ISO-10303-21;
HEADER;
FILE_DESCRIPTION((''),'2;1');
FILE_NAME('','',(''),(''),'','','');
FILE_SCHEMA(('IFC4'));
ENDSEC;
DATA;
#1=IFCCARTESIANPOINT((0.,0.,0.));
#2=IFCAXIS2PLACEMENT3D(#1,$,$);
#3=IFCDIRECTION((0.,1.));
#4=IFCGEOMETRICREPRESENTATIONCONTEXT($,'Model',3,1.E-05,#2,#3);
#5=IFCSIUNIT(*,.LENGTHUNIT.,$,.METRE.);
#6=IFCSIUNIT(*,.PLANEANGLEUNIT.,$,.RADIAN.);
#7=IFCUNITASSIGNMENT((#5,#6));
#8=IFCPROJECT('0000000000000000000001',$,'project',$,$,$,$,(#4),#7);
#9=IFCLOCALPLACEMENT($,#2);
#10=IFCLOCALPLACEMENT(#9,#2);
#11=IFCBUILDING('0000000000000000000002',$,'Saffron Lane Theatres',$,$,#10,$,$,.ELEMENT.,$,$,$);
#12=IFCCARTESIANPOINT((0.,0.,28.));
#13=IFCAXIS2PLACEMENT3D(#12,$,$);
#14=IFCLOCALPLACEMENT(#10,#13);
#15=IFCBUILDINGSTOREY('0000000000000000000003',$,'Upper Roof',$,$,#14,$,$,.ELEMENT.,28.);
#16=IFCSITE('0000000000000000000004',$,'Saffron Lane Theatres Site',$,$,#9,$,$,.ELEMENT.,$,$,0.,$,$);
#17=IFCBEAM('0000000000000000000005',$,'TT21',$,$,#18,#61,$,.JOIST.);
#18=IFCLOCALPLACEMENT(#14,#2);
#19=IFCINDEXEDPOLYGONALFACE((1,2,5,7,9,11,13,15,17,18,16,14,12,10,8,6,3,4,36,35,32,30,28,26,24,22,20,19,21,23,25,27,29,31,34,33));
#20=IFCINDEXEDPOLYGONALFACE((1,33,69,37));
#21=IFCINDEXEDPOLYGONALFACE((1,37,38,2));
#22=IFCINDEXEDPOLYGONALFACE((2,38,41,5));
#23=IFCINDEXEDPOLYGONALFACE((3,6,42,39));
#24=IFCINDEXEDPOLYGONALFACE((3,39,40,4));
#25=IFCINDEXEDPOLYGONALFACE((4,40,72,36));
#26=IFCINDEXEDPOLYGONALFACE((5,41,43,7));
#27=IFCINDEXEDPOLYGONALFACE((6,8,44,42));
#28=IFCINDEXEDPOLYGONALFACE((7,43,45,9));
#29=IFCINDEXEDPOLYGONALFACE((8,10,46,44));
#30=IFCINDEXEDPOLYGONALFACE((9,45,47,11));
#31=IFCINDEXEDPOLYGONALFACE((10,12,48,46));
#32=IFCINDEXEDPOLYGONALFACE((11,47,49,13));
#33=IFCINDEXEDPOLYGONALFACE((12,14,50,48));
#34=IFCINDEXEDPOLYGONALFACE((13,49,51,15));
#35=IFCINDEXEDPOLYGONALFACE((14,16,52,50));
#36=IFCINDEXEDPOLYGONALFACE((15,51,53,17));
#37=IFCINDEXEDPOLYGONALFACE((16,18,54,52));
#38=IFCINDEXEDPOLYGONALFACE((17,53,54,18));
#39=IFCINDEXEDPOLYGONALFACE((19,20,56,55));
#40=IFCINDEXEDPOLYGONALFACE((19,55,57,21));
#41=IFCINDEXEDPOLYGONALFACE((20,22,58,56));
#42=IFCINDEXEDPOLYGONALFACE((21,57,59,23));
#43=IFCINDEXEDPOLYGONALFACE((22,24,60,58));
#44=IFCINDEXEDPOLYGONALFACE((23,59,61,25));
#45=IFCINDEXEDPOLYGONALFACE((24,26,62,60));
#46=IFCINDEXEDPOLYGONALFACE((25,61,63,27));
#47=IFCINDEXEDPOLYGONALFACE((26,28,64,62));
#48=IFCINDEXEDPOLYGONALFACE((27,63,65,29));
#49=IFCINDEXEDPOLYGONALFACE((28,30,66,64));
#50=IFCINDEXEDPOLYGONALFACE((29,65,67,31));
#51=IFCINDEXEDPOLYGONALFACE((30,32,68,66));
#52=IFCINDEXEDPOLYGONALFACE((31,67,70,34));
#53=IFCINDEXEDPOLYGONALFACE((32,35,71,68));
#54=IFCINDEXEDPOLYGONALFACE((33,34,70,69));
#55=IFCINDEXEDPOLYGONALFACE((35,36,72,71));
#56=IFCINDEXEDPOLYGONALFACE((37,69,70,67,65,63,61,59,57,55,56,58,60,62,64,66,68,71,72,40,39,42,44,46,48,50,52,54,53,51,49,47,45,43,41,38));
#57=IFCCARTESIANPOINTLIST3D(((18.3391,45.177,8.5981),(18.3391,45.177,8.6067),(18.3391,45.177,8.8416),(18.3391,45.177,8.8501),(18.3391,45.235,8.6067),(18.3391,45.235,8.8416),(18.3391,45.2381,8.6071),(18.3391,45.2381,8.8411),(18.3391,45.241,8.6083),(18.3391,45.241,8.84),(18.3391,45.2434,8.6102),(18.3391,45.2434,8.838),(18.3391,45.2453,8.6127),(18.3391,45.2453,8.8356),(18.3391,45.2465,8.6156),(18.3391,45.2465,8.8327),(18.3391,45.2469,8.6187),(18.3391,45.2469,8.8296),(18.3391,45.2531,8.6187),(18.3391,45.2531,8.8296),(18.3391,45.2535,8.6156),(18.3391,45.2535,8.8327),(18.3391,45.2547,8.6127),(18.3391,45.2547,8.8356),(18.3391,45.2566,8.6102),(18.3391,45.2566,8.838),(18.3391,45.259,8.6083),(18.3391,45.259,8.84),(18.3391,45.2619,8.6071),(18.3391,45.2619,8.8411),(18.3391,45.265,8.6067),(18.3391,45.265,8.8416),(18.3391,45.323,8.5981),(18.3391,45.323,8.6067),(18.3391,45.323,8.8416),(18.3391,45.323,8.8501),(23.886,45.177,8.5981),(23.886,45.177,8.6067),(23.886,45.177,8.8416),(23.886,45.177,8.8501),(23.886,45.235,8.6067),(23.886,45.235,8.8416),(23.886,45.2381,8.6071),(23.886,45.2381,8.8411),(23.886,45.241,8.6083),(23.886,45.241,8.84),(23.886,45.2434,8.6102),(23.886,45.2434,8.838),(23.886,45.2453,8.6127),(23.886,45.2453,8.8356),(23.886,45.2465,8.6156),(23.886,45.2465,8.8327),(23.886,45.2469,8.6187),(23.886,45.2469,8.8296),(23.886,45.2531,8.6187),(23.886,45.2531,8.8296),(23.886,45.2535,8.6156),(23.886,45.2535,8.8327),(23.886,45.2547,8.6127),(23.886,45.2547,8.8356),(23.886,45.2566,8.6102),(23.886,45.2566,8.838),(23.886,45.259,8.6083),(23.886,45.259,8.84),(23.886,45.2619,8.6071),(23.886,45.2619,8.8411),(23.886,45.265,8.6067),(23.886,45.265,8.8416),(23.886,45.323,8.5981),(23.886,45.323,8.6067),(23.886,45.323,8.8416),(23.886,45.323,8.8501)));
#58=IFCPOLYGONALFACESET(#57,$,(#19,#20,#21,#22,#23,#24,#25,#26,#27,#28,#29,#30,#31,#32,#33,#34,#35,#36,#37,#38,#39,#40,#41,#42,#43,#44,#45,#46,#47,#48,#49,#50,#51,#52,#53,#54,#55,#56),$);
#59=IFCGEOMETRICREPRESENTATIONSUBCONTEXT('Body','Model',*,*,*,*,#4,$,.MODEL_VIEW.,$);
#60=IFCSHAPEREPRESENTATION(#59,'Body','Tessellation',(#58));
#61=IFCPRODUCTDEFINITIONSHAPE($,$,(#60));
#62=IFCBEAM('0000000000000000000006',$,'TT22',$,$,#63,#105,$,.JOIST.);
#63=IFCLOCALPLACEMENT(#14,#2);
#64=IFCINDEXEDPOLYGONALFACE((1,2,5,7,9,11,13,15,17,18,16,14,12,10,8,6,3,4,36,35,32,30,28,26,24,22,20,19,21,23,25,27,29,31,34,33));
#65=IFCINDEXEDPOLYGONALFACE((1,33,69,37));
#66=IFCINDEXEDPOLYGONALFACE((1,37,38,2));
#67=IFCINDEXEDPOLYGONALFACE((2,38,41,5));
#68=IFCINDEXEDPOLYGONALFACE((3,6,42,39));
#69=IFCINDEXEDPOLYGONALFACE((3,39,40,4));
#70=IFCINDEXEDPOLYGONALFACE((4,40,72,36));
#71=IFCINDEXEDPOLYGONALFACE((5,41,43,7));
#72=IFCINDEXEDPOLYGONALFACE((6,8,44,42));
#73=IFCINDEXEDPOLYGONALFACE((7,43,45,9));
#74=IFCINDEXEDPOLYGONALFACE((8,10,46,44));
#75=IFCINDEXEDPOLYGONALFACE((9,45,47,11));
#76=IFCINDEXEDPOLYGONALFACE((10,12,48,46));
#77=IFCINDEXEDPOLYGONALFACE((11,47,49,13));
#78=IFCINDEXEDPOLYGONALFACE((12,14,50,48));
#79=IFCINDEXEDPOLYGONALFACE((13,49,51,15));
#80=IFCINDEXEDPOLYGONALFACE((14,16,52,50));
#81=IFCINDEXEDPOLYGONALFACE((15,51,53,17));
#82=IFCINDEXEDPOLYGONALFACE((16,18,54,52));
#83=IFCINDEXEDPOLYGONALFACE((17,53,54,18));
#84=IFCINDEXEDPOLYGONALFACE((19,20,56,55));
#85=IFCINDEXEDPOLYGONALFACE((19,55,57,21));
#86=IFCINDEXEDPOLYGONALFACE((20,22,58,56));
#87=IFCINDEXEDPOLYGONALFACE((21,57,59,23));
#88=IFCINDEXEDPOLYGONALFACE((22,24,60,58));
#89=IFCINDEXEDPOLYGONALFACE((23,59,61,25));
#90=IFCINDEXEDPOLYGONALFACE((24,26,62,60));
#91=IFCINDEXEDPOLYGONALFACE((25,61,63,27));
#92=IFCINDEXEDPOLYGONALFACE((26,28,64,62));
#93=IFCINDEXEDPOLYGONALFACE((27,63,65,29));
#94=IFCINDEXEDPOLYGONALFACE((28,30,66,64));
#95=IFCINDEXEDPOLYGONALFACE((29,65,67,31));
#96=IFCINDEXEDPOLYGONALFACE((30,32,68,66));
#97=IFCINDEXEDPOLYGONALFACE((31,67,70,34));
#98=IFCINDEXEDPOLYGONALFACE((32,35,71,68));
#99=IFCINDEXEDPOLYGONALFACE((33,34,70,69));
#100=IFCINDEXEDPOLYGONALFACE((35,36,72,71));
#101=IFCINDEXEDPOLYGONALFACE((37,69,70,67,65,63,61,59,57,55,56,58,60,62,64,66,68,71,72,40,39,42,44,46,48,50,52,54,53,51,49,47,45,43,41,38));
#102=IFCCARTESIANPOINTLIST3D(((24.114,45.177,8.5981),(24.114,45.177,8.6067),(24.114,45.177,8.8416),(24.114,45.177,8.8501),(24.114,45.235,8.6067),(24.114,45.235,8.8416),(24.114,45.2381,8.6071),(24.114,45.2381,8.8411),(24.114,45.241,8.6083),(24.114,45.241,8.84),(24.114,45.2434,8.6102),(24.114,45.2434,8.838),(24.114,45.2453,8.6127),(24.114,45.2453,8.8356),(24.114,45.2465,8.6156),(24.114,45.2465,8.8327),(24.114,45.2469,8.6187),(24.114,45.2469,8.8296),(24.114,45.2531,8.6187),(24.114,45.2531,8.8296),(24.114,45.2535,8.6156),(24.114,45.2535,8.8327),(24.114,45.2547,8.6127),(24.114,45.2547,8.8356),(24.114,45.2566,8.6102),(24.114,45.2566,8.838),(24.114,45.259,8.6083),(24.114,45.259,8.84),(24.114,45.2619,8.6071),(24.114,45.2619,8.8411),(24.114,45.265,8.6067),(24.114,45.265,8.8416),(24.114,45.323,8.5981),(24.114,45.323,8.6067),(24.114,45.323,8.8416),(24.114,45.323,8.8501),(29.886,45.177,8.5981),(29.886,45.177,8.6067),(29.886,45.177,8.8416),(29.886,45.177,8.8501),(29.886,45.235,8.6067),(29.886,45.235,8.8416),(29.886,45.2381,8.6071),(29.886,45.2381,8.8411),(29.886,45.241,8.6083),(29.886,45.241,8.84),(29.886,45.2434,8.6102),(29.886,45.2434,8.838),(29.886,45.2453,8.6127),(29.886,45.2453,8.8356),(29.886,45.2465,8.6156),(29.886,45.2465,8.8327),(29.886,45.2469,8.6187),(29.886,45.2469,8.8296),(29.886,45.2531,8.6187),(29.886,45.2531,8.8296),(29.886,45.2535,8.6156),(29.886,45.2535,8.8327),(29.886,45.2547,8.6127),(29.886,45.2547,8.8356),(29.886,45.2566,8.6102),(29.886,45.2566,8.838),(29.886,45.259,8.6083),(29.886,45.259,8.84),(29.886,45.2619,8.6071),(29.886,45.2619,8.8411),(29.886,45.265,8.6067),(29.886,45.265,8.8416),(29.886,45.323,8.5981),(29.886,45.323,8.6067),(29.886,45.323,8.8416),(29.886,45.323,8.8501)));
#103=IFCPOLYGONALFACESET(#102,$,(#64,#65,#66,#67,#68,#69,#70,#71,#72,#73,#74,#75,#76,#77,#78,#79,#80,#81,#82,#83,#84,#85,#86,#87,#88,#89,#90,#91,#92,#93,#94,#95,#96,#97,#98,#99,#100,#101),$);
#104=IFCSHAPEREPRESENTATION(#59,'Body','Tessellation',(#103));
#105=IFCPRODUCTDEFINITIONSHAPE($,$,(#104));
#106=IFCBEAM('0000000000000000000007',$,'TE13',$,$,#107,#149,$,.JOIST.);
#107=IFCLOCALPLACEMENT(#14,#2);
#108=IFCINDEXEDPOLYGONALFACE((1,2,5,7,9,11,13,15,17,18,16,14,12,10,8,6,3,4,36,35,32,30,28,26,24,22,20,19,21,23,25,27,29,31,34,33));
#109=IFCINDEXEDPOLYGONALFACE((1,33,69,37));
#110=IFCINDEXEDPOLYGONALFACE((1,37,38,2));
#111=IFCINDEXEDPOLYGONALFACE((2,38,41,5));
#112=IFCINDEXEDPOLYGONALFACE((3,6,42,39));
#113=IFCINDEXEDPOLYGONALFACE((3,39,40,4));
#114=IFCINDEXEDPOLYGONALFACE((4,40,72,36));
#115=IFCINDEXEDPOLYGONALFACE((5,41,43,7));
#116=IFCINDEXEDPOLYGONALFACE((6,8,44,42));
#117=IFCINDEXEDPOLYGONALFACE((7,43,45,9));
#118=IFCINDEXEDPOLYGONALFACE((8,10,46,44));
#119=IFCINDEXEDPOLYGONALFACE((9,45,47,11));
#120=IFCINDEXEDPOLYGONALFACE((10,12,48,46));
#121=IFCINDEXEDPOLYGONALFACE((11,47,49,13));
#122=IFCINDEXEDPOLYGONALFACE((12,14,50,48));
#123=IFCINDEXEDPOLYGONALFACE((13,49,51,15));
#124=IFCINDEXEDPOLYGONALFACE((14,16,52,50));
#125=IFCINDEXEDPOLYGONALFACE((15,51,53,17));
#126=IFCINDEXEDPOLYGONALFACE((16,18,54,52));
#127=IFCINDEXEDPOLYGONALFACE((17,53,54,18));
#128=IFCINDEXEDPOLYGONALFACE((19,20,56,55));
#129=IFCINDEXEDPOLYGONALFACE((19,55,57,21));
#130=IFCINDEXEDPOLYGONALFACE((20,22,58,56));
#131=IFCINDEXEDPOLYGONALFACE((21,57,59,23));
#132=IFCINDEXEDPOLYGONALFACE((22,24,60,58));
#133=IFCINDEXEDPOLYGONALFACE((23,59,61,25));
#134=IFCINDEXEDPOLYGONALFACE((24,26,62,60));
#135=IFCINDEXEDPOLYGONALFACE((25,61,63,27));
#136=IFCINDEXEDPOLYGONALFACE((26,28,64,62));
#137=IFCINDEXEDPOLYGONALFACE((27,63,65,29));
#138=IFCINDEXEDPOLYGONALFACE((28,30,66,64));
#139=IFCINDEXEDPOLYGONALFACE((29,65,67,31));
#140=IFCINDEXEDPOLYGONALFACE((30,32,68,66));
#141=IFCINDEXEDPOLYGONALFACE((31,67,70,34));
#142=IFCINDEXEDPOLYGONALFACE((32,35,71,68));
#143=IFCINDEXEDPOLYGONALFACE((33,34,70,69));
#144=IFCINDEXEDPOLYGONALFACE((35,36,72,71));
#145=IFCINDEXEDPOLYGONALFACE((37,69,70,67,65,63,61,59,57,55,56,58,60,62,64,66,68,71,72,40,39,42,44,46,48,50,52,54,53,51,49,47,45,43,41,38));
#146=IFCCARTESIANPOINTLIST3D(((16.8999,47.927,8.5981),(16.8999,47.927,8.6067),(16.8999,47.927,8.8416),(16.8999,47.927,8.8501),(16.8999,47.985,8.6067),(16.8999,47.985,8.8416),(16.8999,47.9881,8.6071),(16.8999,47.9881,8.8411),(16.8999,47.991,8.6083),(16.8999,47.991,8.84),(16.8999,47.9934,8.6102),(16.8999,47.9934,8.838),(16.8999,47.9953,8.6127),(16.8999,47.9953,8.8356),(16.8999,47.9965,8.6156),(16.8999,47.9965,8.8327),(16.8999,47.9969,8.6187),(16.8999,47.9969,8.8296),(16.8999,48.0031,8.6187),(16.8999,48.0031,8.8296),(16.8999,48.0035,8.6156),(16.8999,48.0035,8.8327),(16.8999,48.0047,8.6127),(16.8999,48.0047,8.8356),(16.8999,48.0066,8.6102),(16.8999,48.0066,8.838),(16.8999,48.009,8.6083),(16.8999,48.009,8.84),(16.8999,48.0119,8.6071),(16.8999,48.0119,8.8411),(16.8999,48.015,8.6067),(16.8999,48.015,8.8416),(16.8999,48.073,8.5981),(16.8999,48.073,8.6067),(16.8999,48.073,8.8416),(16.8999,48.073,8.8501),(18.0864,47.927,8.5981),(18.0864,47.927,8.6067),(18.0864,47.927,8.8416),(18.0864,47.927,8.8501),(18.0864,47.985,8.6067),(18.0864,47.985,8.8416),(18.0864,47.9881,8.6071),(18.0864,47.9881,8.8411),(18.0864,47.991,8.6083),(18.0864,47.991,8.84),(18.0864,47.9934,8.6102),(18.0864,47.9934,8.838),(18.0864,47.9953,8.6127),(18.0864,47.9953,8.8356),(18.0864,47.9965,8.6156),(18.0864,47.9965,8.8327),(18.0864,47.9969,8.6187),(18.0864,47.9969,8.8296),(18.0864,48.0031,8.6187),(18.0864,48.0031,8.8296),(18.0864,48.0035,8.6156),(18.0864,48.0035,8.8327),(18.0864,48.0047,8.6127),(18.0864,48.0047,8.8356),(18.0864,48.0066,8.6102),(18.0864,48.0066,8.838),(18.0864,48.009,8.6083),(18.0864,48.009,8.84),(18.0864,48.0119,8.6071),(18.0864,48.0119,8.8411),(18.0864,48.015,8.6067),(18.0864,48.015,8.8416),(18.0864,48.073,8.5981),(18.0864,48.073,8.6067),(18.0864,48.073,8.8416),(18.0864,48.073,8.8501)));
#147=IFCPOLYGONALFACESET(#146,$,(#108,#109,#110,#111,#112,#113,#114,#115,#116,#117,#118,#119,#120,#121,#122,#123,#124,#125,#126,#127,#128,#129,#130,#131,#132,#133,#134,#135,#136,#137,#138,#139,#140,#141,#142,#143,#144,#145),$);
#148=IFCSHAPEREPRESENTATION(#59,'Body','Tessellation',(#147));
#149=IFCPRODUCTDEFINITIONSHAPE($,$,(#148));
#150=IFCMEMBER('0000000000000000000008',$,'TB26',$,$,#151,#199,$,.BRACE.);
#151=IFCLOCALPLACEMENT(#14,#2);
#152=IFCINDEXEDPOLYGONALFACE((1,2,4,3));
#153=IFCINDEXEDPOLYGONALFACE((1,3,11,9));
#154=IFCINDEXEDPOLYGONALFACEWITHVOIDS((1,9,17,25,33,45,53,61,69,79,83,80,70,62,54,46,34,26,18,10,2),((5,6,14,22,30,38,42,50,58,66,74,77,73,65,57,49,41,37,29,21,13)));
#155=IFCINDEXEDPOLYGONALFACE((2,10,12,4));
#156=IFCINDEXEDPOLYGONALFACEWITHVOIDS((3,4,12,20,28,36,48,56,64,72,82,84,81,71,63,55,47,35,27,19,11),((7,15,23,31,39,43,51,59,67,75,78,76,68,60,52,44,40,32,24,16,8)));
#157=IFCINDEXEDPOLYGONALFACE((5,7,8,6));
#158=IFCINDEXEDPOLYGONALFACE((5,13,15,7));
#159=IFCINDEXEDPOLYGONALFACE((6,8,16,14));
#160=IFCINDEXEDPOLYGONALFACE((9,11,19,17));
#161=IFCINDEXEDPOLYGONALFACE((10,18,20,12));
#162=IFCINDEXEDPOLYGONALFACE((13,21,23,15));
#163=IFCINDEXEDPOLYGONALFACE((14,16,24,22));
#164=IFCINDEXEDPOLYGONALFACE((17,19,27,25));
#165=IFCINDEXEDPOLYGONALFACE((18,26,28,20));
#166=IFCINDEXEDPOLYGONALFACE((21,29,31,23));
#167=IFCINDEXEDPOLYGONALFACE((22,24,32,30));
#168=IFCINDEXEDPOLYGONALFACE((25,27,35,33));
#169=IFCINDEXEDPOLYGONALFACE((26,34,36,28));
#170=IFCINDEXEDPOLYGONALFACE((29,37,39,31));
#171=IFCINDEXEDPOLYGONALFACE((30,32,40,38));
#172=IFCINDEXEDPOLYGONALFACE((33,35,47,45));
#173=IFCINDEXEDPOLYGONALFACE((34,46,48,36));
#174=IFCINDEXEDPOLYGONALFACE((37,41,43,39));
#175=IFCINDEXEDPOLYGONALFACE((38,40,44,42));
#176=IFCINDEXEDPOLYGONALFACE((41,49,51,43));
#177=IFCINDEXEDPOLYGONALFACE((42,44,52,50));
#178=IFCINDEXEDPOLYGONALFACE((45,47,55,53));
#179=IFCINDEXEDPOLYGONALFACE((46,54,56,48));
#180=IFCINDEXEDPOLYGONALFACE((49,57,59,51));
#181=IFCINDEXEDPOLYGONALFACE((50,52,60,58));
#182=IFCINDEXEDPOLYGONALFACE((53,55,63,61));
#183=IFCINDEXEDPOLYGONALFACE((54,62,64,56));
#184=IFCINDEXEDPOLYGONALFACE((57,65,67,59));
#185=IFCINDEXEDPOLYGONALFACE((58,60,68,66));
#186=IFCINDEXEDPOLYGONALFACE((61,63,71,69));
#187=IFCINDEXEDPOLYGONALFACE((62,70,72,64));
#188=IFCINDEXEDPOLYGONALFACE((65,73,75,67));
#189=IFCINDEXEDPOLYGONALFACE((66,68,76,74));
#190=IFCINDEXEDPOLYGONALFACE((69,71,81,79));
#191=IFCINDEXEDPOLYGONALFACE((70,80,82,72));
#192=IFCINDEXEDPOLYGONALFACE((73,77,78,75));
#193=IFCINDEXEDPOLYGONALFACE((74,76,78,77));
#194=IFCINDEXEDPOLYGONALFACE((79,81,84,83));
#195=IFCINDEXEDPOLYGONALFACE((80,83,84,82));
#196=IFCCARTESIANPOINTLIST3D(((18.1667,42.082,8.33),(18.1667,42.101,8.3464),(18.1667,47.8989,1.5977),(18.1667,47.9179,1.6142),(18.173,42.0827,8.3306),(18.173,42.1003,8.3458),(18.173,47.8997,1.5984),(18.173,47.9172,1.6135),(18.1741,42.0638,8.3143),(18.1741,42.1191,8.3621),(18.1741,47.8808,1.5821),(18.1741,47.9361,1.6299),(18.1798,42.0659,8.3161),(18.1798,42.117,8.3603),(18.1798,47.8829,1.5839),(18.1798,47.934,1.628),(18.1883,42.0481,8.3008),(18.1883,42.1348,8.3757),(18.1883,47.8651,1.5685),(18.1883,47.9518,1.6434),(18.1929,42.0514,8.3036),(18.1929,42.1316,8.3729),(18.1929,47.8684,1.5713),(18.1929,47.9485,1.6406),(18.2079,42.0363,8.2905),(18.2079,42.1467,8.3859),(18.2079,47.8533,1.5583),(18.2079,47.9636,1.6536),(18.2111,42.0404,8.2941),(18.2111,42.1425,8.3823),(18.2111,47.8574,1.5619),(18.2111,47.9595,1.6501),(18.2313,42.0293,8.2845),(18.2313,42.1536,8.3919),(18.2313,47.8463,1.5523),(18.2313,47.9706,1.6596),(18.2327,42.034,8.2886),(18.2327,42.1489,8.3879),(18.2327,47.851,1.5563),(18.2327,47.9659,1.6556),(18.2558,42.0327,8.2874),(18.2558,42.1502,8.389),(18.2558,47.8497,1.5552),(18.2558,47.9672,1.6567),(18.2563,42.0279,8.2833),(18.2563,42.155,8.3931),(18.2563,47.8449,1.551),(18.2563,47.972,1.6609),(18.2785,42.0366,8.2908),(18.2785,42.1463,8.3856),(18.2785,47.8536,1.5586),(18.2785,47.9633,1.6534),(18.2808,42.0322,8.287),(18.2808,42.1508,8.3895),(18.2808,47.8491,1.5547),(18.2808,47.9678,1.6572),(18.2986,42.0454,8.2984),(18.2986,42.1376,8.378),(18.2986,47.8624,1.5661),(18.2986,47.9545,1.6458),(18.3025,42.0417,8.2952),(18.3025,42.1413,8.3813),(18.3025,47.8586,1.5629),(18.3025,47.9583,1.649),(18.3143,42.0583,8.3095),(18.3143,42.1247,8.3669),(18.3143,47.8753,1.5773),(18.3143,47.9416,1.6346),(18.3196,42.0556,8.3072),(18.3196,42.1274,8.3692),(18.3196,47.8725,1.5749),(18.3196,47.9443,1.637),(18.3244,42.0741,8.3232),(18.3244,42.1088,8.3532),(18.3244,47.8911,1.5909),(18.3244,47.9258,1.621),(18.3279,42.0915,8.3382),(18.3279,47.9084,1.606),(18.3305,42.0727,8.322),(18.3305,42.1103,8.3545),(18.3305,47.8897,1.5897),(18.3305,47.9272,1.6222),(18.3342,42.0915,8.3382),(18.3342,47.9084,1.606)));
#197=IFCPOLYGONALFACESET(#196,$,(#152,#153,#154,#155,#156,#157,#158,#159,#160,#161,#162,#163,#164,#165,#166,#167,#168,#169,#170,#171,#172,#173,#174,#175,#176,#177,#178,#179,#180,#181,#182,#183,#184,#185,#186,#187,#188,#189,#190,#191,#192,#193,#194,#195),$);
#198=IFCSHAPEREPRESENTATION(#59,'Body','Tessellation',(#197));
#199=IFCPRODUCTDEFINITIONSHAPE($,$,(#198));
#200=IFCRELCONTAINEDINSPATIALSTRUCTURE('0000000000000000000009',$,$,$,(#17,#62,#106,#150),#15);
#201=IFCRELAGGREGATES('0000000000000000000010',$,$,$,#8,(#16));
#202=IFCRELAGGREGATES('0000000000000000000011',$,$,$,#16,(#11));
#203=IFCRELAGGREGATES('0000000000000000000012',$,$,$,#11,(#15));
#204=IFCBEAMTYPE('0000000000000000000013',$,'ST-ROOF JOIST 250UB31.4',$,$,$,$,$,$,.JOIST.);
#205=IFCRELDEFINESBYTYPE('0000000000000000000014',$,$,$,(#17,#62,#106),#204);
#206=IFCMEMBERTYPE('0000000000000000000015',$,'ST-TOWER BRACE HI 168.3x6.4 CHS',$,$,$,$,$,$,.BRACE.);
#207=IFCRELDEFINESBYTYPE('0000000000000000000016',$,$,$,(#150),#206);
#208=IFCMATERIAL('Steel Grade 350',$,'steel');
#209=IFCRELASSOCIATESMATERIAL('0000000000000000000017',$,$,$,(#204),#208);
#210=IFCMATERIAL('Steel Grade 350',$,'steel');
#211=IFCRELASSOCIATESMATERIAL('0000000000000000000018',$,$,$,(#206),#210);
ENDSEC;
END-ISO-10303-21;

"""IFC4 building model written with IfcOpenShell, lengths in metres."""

from ifc_helpers import new_model, si_unit, direction, frame, origin, origin_2d, place, context, subcontext, project, spatial, hollow_circle, i_section, extrude, material, material_profile, profile_set, type_object, element, save


model = new_model("IFC4")

# Units and contexts
model_context = context("Model", 3, precision=1e-05, world=origin(), true_north=direction((0.0, 1.0)))
body_context = subcontext(model_context, "Body", "Model", "MODEL_VIEW")
ifc_project = project(units=[si_unit("LENGTHUNIT", "METRE"), si_unit("PLANEANGLEUNIT", "RADIAN")], contexts=[model_context])

# Site, building, storey
site_placement = place(None, origin())
site = spatial("IfcSite", under=ifc_project, at=site_placement, Name="Saffron Lane Theatres Site", CompositionType="ELEMENT", RefElevation=0.0)
building_placement = place(site_placement, origin())
building = spatial("IfcBuilding", under=site, at=building_placement, Name="Saffron Lane Theatres", CompositionType="ELEMENT")
storey_placement = place(building_placement, frame((0.0, 0.0, 28.0)))
storey = spatial("IfcBuildingStorey", under=building, at=storey_placement, Name="Upper Roof", CompositionType="ELEMENT", Elevation=28.0)

# Beams
ifc_material_1 = material(Name="Steel Grade 350", Category="steel")
ifc_material_profile_1 = material_profile(ifc_material_1, i_section(OverallWidth=0.146, OverallDepth=0.252, WebThickness=0.0061, FlangeThickness=0.0085, FilletRadius=0.012, at=origin_2d()))
ifc_profile_set_1 = profile_set([ifc_material_profile_1], Name="Steel Grade 350")
beam_type_1 = type_object("IfcBeamType", Name="ST-ROOF JOIST 250UB31.4", PredefinedType="JOIST", material=ifc_profile_set_1)
beam_1_placement = place(storey_placement, frame((18.3391, 45.25, 8.7241), z_axis=(1.0, 0.0, 0.0), x_axis=(0.0, 1.0, 0.0)))
element("IfcBeam", 1, at=beam_1_placement, inside=storey, type_object=beam_type_1, Name="TT21", PredefinedType="JOIST", context=body_context, shape_type="SweptSolid", body=[
    extrude(i_section(OverallWidth=0.146, OverallDepth=0.252, WebThickness=0.0061, FlangeThickness=0.0085, FilletRadius=0.012, at=origin_2d()), origin(), (0.0, 0.0, 1.0), 5.5469),
])
beam_2_placement = place(storey_placement, frame((24.114, 45.25, 8.7241), z_axis=(1.0, 0.0, 0.0), x_axis=(0.0, 1.0, 0.0)))
element("IfcBeam", 2, at=beam_2_placement, inside=storey, type_object=beam_type_1, Name="TT22", PredefinedType="JOIST", context=body_context, shape_type="SweptSolid", body=[
    extrude(i_section(OverallWidth=0.146, OverallDepth=0.252, WebThickness=0.0061, FlangeThickness=0.0085, FilletRadius=0.012, at=origin_2d()), origin(), (0.0, 0.0, 1.0), 5.772),
])
beam_3_placement = place(storey_placement, frame((18.0864, 48.0, 8.7241), z_axis=(-1.0, 0.0, 0.0), x_axis=(0.0, -1.0, 0.0)))
element("IfcBeam", 3, at=beam_3_placement, inside=storey, type_object=beam_type_1, Name="TE13", PredefinedType="JOIST", context=body_context, shape_type="SweptSolid", body=[
    extrude(i_section(OverallWidth=0.146, OverallDepth=0.252, WebThickness=0.0061, FlangeThickness=0.0085, FilletRadius=0.012, at=origin_2d()), origin(), (0.0, 0.0, 1.0), 1.1865),
])

# Member
ifc_material_2 = material(Name="Steel Grade 350", Category="steel")
ifc_material_profile_2 = material_profile(ifc_material_2, hollow_circle(Radius=0.0842, WallThickness=0.0063, at=origin_2d()))
ifc_profile_set_2 = profile_set([ifc_material_profile_2], Name="Steel Grade 350")
member_type_1 = type_object("IfcMemberType", Name="ST-TOWER BRACE HI 168.3x6.4 CHS", PredefinedType="BRACE", material=ifc_profile_set_2)
member_1_placement = place(storey_placement, frame((18.25, 47.9084, 1.606), z_axis=(0.0, -0.653796, 0.756671), x_axis=(1.0, 0.0, 0.0)))
element("IfcMember", 4, at=member_1_placement, inside=storey, type_object=member_type_1, Name="TB26", PredefinedType="BRACE", context=body_context, shape_type="SweptSolid", body=[
    extrude(hollow_circle(Radius=0.0842, WallThickness=0.0063, at=origin_2d()), origin(), (0.0, 0.0, 1.0), 8.8972),
])

save(model, "model.ifc")
